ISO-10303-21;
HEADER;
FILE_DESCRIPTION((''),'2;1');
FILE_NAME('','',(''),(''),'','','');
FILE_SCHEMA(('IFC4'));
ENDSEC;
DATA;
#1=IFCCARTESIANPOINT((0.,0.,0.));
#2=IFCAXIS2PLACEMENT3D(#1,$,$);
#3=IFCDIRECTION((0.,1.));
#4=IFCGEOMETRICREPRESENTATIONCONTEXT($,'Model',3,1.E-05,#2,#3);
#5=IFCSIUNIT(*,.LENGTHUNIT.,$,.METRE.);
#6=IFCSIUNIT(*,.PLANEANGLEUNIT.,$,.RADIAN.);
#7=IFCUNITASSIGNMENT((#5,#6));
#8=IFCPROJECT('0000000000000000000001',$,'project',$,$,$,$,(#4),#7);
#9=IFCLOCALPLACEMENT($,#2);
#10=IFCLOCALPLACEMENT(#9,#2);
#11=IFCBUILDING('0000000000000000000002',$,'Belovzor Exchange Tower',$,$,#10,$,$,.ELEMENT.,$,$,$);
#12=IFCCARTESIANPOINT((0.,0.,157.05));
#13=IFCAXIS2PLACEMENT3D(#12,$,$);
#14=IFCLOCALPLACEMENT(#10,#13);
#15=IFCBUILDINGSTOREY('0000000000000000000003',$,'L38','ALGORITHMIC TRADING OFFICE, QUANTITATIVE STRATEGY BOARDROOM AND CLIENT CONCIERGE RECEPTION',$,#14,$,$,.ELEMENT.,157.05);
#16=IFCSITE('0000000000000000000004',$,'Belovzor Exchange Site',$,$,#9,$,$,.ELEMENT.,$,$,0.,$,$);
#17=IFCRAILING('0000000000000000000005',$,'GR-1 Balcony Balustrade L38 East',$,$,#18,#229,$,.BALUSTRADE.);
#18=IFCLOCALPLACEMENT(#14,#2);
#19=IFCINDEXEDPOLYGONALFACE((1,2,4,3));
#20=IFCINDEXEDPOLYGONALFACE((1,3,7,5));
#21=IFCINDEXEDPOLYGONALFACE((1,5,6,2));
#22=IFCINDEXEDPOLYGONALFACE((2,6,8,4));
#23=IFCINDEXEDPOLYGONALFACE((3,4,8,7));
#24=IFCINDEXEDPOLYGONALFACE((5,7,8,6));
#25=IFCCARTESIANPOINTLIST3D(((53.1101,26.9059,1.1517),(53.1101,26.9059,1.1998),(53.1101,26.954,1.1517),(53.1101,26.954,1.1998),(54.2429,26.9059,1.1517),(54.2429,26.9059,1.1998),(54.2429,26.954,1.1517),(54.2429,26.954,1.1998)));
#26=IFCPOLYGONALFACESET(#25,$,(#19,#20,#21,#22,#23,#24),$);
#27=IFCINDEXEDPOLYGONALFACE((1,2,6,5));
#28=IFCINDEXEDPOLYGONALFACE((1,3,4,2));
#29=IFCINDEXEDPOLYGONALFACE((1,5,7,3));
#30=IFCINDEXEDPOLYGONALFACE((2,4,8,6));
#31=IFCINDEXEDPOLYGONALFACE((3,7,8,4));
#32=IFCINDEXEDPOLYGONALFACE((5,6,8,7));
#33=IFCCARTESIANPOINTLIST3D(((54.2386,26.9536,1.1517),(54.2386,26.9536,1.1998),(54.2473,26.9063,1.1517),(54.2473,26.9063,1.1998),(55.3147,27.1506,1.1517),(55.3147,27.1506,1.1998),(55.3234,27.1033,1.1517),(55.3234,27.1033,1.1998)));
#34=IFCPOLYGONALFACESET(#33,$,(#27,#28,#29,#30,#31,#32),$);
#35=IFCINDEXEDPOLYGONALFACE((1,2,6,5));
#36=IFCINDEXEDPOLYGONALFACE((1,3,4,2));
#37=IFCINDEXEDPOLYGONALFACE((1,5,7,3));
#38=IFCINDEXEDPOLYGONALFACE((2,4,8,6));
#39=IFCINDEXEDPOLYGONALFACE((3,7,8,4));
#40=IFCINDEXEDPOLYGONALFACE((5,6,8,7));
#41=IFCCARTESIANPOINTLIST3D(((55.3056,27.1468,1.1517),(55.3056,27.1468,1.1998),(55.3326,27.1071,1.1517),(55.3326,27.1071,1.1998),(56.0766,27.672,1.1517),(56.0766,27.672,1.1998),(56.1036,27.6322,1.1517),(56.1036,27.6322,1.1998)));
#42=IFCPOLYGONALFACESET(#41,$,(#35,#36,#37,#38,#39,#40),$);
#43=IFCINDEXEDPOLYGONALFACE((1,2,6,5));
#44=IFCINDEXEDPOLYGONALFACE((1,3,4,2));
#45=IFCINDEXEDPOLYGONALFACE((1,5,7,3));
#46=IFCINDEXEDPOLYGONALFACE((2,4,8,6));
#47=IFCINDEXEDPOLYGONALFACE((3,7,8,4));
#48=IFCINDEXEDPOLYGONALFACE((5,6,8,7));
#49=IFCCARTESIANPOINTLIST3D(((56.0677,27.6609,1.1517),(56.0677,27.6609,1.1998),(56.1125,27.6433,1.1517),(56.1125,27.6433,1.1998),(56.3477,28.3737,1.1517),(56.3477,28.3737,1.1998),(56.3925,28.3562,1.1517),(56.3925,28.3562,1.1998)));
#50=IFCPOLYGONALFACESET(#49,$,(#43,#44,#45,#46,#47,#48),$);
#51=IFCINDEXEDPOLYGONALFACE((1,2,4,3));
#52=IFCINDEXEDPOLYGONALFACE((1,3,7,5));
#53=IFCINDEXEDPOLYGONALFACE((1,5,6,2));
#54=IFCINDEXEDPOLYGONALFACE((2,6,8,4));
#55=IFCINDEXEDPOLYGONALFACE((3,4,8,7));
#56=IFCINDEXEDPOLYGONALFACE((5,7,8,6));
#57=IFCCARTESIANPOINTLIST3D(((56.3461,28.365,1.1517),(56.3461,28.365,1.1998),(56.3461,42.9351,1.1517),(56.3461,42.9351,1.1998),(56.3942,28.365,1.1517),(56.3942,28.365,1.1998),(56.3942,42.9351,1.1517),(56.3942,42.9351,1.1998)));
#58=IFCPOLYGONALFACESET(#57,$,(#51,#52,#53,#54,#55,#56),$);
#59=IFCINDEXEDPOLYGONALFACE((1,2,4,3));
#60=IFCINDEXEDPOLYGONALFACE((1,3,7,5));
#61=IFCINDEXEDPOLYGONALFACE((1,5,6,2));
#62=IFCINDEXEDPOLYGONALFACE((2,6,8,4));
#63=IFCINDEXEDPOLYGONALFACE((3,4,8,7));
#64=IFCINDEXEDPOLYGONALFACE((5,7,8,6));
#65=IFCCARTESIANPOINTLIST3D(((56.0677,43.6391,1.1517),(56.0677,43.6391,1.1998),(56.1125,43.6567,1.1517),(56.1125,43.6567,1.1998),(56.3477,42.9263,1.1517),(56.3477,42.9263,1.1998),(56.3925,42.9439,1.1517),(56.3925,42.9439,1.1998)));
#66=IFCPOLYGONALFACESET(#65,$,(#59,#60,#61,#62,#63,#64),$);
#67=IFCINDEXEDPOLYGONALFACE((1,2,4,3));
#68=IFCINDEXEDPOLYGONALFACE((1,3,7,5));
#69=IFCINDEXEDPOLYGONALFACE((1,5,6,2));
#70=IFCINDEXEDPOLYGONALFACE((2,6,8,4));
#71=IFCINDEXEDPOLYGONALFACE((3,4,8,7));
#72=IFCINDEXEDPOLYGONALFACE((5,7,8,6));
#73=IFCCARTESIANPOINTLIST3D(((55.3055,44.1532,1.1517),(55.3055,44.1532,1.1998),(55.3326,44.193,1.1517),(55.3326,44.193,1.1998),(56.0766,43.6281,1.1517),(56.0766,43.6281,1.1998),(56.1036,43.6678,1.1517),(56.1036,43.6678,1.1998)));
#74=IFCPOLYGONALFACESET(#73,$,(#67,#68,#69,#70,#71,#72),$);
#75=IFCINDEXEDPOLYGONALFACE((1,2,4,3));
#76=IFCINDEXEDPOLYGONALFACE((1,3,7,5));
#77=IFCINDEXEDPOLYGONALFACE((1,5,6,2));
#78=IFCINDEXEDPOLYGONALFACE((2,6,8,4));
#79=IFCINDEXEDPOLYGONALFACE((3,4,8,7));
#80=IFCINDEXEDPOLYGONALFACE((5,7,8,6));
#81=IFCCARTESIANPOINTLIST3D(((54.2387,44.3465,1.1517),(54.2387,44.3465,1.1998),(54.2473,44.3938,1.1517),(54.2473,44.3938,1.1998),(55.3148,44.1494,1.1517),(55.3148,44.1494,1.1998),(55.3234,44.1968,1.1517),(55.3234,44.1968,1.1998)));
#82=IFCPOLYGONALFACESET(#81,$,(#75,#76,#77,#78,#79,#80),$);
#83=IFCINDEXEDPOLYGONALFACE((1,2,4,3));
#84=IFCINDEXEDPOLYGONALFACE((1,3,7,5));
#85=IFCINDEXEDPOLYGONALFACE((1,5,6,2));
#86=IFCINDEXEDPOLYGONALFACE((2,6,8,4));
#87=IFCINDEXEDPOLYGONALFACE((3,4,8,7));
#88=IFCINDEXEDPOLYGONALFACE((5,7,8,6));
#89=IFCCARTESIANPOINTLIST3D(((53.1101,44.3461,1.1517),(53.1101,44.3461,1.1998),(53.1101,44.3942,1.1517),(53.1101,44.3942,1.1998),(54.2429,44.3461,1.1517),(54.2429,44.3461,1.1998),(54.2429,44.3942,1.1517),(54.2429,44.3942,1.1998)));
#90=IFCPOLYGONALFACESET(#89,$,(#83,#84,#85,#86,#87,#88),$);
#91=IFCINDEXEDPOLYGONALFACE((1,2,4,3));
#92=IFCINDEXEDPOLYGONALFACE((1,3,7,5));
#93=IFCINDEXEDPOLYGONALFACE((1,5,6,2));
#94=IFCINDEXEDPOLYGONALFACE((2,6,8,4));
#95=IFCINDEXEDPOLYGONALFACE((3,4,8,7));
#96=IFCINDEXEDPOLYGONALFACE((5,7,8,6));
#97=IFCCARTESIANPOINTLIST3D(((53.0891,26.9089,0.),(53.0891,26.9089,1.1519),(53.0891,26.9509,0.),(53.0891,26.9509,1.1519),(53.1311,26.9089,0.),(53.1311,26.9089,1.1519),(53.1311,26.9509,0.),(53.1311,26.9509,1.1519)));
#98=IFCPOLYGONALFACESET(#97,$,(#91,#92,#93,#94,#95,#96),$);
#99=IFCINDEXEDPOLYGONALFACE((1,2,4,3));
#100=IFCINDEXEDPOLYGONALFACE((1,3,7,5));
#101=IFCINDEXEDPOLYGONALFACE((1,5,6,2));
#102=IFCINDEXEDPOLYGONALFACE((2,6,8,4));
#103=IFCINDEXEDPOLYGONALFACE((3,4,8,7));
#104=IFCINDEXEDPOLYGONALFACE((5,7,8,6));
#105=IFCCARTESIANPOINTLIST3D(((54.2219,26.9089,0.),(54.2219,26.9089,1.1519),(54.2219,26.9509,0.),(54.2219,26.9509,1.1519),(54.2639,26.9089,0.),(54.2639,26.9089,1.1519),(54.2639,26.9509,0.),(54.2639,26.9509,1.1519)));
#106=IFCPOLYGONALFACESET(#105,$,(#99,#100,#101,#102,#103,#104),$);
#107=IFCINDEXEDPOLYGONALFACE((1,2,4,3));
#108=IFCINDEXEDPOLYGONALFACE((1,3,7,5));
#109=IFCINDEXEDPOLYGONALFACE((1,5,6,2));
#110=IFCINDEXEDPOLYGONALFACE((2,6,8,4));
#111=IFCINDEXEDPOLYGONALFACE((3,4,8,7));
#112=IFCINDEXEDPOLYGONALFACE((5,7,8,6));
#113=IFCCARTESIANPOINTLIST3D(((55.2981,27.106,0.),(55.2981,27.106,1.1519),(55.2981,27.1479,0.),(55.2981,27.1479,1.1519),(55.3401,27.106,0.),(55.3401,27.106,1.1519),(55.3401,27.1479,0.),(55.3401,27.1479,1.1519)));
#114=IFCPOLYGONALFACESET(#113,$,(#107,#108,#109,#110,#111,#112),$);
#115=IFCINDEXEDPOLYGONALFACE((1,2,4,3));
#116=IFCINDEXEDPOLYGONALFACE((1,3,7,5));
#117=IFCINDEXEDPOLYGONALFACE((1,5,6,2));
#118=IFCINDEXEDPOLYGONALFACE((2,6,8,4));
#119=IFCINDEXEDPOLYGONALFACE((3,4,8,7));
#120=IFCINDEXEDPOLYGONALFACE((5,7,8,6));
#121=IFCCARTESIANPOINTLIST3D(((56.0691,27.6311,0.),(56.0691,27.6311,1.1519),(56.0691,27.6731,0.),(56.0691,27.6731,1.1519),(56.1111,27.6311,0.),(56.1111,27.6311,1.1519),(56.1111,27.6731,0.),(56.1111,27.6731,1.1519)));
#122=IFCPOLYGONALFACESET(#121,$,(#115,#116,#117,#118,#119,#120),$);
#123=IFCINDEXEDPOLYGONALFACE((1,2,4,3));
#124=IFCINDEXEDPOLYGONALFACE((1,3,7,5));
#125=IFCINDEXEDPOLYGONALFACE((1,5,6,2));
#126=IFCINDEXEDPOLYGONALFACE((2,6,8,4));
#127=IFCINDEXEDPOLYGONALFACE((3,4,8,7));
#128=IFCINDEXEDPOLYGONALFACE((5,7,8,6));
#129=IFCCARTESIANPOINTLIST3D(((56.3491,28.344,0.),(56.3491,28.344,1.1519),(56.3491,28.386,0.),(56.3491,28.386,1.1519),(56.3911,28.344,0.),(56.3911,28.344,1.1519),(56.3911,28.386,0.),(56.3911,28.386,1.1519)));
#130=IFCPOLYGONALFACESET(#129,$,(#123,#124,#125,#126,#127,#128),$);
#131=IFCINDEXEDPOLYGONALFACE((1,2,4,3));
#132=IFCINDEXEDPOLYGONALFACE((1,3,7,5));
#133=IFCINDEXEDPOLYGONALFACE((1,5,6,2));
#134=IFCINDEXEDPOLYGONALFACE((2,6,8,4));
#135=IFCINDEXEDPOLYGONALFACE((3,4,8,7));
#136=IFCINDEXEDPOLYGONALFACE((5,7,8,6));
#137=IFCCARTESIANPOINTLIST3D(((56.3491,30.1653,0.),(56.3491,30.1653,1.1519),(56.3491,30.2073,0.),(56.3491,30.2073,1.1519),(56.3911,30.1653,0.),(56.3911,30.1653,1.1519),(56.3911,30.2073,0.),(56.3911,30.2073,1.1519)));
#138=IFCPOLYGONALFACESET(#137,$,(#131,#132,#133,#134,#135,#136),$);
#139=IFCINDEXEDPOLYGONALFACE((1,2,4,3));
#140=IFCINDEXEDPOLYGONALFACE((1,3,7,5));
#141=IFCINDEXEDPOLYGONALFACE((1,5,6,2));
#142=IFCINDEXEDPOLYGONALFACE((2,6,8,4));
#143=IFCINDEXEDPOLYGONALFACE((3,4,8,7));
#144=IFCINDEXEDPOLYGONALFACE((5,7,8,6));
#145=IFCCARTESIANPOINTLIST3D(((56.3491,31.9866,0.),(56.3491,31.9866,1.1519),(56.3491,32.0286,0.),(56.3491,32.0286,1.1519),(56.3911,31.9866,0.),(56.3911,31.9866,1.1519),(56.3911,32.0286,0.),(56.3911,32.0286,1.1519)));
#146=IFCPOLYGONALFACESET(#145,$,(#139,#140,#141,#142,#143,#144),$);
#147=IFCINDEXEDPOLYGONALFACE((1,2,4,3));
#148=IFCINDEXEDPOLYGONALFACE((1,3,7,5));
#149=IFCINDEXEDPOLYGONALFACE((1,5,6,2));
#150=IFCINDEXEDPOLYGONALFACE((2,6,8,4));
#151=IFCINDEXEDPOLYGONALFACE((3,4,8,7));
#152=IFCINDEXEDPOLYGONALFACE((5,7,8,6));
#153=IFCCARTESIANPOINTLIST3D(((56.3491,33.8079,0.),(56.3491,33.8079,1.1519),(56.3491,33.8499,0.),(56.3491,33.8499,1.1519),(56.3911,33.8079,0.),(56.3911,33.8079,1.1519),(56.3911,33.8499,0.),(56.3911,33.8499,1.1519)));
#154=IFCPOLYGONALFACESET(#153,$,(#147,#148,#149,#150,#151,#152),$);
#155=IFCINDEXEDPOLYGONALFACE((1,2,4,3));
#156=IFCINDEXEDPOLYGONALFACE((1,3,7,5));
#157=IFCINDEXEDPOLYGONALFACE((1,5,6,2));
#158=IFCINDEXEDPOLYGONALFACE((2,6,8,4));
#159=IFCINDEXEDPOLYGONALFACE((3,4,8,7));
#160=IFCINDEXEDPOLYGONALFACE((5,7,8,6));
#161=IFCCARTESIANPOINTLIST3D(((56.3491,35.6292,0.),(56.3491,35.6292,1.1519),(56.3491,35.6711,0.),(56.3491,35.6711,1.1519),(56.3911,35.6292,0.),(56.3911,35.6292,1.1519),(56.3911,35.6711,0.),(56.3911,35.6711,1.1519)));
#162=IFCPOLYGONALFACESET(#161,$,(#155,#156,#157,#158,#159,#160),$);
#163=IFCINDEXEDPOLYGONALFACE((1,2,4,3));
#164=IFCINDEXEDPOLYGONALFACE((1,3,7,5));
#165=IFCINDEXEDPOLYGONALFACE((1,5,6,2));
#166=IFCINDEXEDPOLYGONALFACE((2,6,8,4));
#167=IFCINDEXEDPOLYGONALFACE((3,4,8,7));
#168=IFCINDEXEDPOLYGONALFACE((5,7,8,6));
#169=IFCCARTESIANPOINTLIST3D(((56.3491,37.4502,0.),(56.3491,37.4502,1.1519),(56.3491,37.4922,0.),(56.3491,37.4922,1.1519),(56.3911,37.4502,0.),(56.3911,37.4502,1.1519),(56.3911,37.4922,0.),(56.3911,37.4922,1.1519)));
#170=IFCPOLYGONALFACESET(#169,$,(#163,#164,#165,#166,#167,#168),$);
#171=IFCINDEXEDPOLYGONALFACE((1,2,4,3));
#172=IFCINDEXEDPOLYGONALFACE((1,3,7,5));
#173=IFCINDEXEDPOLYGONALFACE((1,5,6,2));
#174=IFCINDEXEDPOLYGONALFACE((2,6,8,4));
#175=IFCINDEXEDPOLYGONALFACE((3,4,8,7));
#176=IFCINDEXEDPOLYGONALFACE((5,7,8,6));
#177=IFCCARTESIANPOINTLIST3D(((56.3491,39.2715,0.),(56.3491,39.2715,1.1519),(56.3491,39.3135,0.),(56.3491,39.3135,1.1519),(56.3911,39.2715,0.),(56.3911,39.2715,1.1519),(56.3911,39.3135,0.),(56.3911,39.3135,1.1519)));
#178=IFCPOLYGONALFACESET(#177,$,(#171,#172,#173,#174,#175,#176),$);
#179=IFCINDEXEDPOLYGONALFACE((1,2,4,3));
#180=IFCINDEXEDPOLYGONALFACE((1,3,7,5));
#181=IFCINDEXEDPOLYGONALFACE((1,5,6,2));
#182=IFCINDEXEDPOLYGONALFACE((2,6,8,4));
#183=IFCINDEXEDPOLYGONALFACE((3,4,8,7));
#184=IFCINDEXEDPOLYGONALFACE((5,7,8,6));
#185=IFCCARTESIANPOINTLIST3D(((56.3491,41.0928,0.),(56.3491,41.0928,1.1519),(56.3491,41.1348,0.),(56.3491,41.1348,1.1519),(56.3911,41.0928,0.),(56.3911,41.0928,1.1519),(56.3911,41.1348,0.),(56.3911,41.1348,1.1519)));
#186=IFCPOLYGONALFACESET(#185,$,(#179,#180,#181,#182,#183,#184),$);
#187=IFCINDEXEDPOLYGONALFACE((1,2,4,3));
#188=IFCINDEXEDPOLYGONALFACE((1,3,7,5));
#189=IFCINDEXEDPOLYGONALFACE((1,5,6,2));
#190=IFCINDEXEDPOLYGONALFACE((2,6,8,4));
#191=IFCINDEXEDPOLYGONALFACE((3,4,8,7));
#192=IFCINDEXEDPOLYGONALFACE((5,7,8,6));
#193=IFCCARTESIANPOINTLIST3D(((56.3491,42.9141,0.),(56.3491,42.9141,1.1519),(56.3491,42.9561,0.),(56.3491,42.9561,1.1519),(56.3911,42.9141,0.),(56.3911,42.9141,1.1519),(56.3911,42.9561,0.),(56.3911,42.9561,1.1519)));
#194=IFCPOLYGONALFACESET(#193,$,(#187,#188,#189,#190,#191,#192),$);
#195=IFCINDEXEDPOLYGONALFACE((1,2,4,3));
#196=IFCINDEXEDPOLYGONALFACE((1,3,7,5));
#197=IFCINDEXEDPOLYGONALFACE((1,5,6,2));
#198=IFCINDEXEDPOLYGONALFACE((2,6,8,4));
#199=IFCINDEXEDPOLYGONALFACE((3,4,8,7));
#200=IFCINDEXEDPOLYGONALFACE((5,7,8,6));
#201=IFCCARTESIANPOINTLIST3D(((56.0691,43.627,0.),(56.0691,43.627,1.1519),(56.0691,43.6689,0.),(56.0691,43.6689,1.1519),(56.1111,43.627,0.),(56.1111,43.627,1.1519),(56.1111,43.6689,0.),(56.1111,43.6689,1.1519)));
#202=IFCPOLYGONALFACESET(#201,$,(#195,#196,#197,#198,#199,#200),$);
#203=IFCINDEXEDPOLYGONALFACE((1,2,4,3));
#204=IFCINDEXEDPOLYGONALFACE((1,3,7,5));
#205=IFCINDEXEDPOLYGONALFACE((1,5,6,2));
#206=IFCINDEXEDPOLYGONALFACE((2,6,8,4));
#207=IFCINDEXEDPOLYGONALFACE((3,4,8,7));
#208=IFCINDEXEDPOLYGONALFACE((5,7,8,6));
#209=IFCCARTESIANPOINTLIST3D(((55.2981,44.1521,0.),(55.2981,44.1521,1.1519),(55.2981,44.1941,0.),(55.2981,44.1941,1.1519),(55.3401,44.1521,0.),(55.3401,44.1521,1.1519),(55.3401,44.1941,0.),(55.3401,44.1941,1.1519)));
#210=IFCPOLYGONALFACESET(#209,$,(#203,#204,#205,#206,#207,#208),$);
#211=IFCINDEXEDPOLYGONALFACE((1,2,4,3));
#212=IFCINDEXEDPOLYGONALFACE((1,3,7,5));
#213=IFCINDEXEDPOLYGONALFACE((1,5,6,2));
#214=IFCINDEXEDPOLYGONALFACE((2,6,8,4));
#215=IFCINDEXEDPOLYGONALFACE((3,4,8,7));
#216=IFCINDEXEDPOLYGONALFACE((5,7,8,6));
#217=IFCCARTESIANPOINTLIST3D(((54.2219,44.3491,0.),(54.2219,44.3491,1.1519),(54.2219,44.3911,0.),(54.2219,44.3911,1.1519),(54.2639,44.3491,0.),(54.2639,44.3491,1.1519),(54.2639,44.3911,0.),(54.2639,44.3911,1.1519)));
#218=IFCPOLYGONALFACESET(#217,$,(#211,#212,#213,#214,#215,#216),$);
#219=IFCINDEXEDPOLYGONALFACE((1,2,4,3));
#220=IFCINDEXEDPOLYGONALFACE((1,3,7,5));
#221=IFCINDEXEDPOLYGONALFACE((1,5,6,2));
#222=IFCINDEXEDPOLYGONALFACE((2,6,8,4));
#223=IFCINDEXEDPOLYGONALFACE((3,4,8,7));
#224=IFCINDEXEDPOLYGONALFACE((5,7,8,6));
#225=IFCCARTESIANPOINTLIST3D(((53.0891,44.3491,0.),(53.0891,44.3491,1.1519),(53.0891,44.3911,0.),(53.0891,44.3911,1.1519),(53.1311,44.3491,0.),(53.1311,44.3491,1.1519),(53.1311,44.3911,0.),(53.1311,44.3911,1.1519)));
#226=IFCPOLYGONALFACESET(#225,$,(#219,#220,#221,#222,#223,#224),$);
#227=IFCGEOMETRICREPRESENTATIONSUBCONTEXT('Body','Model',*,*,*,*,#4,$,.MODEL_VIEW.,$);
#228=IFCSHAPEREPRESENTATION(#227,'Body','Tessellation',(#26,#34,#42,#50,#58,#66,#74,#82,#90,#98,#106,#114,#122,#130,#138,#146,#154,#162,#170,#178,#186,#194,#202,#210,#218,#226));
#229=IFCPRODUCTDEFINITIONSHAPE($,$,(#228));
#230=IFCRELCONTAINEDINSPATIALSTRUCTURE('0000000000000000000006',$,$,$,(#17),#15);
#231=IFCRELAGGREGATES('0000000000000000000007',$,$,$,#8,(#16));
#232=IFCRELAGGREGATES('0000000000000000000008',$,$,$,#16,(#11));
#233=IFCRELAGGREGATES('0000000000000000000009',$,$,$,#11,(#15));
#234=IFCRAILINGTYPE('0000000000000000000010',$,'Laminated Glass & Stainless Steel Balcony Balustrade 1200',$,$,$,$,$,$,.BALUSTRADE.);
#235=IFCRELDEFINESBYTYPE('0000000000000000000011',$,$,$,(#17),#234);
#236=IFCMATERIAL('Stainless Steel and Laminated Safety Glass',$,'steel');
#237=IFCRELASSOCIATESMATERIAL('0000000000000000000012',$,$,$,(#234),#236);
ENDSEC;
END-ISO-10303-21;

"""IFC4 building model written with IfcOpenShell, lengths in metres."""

from ifc_helpers import new_model, si_unit, direction, frame, origin, origin_2d, place, context, subcontext, project, spatial, rectangle, extrude, material, type_object, element, save


model = new_model("IFC4")

# Units and contexts
model_context = context("Model", 3, precision=1e-05, world=origin(), true_north=direction((0.0, 1.0)))
body_context = subcontext(model_context, "Body", "Model", "MODEL_VIEW")
ifc_project = project(units=[si_unit("LENGTHUNIT", "METRE"), si_unit("PLANEANGLEUNIT", "RADIAN")], contexts=[model_context])

# Site, building, storey
site_placement = place(None, origin())
site = spatial("IfcSite", under=ifc_project, at=site_placement, Name="Belovzor Exchange Site", CompositionType="ELEMENT", RefElevation=0.0)
building_placement = place(site_placement, origin())
building = spatial("IfcBuilding", under=site, at=building_placement, Name="Belovzor Exchange Tower", CompositionType="ELEMENT")
storey_placement = place(building_placement, frame((0.0, 0.0, 157.05)))
storey = spatial("IfcBuildingStorey", under=building, at=storey_placement, Name="L38", Description="ALGORITHMIC TRADING OFFICE, QUANTITATIVE STRATEGY BOARDROOM AND CLIENT CONCIERGE RECEPTION", CompositionType="ELEMENT", Elevation=157.05)

# Railing
ifc_material_1 = material(Name="Stainless Steel and Laminated Safety Glass", Category="steel")
railing_type = type_object("IfcRailingType", Name="Laminated Glass & Stainless Steel Balcony Balustrade 1200", PredefinedType="BALUSTRADE", material=ifc_material_1)
railing_placement = place(storey_placement, frame((53.1101, 26.9299, 0.0)))
element("IfcRailing", 1, at=railing_placement, inside=storey, type_object=railing_type, Name="GR-1 Balcony Balustrade L38 East", PredefinedType="BALUSTRADE", context=body_context, shape_type="SweptSolid", body=[
    extrude(rectangle(XDim=0.0481, YDim=0.0481, at=origin_2d()), frame((0.0, 0.0, 1.1758), z_axis=(1.0, 0.0, 0.0), x_axis=(0.0, 1.0, 0.0)), (0.0, 0.0, 1.0), 1.1328),
    extrude(rectangle(XDim=0.0481, YDim=0.0481, at=origin_2d()), frame((1.1328, 0.0, 1.1758), z_axis=(0.983651, 0.180083, 0.0), x_axis=(-0.180083, 0.983651, 0.0)), (0.0, 0.0, 1.0), 1.094),
    extrude(rectangle(XDim=0.0481, YDim=0.0481, at=origin_2d()), frame((2.209, 0.197, 1.1758), z_axis=(0.826493, 0.562947, 0.0), x_axis=(-0.562947, 0.826493, 0.0)), (0.0, 0.0, 1.0), 0.9329),
    extrude(rectangle(XDim=0.0481, YDim=0.0481, at=origin_2d()), frame((2.98, 0.7222, 1.1758), z_axis=(0.365613, 0.930767, 0.0), x_axis=(-0.930767, 0.365613, 0.0)), (0.0, 0.0, 1.0), 0.7659),
    extrude(rectangle(XDim=0.0481, YDim=0.0481, at=origin_2d()), frame((3.26, 1.4351, 1.1758), z_axis=(0.0, 1.0, 0.0), x_axis=(-1.0, 0.0, 0.0)), (0.0, 0.0, 1.0), 14.5701),
    extrude(rectangle(XDim=0.0481, YDim=0.0481, at=origin_2d()), frame((3.26, 16.0051, 1.1758), z_axis=(-0.365613, 0.930767, 0.0), x_axis=(-0.930767, -0.365613, 0.0)), (0.0, 0.0, 1.0), 0.7659),
    extrude(rectangle(XDim=0.0481, YDim=0.0481, at=origin_2d()), frame((2.98, 16.718, 1.1758), z_axis=(-0.826493, 0.562947, 0.0), x_axis=(-0.562947, -0.826493, 0.0)), (0.0, 0.0, 1.0), 0.9329),
    extrude(rectangle(XDim=0.0481, YDim=0.0481, at=origin_2d()), frame((2.209, 17.2432, 1.1758), z_axis=(-0.983651, 0.180083, 0.0), x_axis=(-0.180083, -0.983651, 0.0)), (0.0, 0.0, 1.0), 1.094),
    extrude(rectangle(XDim=0.0481, YDim=0.0481, at=origin_2d()), frame((1.1328, 17.4402, 1.1758), z_axis=(-1.0, 0.0, 0.0), x_axis=(0.0, -1.0, 0.0)), (0.0, 0.0, 1.0), 1.1328),
    extrude(rectangle(XDim=0.042, YDim=0.042, at=origin_2d()), origin(), (0.0, 0.0, 1.0), 1.1519),
    extrude(rectangle(XDim=0.042, YDim=0.042, at=origin_2d()), frame((1.1328, 0.0, 0.0)), (0.0, 0.0, 1.0), 1.1519),
    extrude(rectangle(XDim=0.042, YDim=0.042, at=origin_2d()), frame((2.209, 0.197, 0.0)), (0.0, 0.0, 1.0), 1.1519),
    extrude(rectangle(XDim=0.042, YDim=0.042, at=origin_2d()), frame((2.98, 0.7222, 0.0)), (0.0, 0.0, 1.0), 1.1519),
    extrude(rectangle(XDim=0.042, YDim=0.042, at=origin_2d()), frame((3.26, 1.4351, 0.0)), (0.0, 0.0, 1.0), 1.1519),
    extrude(rectangle(XDim=0.042, YDim=0.042, at=origin_2d()), frame((3.26, 3.2563, 0.0)), (0.0, 0.0, 1.0), 1.1519),
    extrude(rectangle(XDim=0.042, YDim=0.042, at=origin_2d()), frame((3.26, 5.0776, 0.0)), (0.0, 0.0, 1.0), 1.1519),
    extrude(rectangle(XDim=0.042, YDim=0.042, at=origin_2d()), frame((3.26, 6.8989, 0.0)), (0.0, 0.0, 1.0), 1.1519),
    extrude(rectangle(XDim=0.042, YDim=0.042, at=origin_2d()), frame((3.26, 8.7202, 0.0)), (0.0, 0.0, 1.0), 1.1519),
    extrude(rectangle(XDim=0.042, YDim=0.042, at=origin_2d()), frame((3.26, 10.5413, 0.0)), (0.0, 0.0, 1.0), 1.1519),
    extrude(rectangle(XDim=0.042, YDim=0.042, at=origin_2d()), frame((3.26, 12.3625, 0.0)), (0.0, 0.0, 1.0), 1.1519),
    extrude(rectangle(XDim=0.042, YDim=0.042, at=origin_2d()), frame((3.26, 14.1838, 0.0)), (0.0, 0.0, 1.0), 1.1519),
    extrude(rectangle(XDim=0.042, YDim=0.042, at=origin_2d()), frame((3.26, 16.0051, 0.0)), (0.0, 0.0, 1.0), 1.1519),
    extrude(rectangle(XDim=0.042, YDim=0.042, at=origin_2d()), frame((2.98, 16.718, 0.0)), (0.0, 0.0, 1.0), 1.1519),
    extrude(rectangle(XDim=0.042, YDim=0.042, at=origin_2d()), frame((2.209, 17.2432, 0.0)), (0.0, 0.0, 1.0), 1.1519),
    extrude(rectangle(XDim=0.042, YDim=0.042, at=origin_2d()), frame((1.1328, 17.4402, 0.0)), (0.0, 0.0, 1.0), 1.1519),
    extrude(rectangle(XDim=0.042, YDim=0.042, at=origin_2d()), frame((0.0, 17.4402, 0.0)), (0.0, 0.0, 1.0), 1.1519),
])

save(model, "model.ifc")
